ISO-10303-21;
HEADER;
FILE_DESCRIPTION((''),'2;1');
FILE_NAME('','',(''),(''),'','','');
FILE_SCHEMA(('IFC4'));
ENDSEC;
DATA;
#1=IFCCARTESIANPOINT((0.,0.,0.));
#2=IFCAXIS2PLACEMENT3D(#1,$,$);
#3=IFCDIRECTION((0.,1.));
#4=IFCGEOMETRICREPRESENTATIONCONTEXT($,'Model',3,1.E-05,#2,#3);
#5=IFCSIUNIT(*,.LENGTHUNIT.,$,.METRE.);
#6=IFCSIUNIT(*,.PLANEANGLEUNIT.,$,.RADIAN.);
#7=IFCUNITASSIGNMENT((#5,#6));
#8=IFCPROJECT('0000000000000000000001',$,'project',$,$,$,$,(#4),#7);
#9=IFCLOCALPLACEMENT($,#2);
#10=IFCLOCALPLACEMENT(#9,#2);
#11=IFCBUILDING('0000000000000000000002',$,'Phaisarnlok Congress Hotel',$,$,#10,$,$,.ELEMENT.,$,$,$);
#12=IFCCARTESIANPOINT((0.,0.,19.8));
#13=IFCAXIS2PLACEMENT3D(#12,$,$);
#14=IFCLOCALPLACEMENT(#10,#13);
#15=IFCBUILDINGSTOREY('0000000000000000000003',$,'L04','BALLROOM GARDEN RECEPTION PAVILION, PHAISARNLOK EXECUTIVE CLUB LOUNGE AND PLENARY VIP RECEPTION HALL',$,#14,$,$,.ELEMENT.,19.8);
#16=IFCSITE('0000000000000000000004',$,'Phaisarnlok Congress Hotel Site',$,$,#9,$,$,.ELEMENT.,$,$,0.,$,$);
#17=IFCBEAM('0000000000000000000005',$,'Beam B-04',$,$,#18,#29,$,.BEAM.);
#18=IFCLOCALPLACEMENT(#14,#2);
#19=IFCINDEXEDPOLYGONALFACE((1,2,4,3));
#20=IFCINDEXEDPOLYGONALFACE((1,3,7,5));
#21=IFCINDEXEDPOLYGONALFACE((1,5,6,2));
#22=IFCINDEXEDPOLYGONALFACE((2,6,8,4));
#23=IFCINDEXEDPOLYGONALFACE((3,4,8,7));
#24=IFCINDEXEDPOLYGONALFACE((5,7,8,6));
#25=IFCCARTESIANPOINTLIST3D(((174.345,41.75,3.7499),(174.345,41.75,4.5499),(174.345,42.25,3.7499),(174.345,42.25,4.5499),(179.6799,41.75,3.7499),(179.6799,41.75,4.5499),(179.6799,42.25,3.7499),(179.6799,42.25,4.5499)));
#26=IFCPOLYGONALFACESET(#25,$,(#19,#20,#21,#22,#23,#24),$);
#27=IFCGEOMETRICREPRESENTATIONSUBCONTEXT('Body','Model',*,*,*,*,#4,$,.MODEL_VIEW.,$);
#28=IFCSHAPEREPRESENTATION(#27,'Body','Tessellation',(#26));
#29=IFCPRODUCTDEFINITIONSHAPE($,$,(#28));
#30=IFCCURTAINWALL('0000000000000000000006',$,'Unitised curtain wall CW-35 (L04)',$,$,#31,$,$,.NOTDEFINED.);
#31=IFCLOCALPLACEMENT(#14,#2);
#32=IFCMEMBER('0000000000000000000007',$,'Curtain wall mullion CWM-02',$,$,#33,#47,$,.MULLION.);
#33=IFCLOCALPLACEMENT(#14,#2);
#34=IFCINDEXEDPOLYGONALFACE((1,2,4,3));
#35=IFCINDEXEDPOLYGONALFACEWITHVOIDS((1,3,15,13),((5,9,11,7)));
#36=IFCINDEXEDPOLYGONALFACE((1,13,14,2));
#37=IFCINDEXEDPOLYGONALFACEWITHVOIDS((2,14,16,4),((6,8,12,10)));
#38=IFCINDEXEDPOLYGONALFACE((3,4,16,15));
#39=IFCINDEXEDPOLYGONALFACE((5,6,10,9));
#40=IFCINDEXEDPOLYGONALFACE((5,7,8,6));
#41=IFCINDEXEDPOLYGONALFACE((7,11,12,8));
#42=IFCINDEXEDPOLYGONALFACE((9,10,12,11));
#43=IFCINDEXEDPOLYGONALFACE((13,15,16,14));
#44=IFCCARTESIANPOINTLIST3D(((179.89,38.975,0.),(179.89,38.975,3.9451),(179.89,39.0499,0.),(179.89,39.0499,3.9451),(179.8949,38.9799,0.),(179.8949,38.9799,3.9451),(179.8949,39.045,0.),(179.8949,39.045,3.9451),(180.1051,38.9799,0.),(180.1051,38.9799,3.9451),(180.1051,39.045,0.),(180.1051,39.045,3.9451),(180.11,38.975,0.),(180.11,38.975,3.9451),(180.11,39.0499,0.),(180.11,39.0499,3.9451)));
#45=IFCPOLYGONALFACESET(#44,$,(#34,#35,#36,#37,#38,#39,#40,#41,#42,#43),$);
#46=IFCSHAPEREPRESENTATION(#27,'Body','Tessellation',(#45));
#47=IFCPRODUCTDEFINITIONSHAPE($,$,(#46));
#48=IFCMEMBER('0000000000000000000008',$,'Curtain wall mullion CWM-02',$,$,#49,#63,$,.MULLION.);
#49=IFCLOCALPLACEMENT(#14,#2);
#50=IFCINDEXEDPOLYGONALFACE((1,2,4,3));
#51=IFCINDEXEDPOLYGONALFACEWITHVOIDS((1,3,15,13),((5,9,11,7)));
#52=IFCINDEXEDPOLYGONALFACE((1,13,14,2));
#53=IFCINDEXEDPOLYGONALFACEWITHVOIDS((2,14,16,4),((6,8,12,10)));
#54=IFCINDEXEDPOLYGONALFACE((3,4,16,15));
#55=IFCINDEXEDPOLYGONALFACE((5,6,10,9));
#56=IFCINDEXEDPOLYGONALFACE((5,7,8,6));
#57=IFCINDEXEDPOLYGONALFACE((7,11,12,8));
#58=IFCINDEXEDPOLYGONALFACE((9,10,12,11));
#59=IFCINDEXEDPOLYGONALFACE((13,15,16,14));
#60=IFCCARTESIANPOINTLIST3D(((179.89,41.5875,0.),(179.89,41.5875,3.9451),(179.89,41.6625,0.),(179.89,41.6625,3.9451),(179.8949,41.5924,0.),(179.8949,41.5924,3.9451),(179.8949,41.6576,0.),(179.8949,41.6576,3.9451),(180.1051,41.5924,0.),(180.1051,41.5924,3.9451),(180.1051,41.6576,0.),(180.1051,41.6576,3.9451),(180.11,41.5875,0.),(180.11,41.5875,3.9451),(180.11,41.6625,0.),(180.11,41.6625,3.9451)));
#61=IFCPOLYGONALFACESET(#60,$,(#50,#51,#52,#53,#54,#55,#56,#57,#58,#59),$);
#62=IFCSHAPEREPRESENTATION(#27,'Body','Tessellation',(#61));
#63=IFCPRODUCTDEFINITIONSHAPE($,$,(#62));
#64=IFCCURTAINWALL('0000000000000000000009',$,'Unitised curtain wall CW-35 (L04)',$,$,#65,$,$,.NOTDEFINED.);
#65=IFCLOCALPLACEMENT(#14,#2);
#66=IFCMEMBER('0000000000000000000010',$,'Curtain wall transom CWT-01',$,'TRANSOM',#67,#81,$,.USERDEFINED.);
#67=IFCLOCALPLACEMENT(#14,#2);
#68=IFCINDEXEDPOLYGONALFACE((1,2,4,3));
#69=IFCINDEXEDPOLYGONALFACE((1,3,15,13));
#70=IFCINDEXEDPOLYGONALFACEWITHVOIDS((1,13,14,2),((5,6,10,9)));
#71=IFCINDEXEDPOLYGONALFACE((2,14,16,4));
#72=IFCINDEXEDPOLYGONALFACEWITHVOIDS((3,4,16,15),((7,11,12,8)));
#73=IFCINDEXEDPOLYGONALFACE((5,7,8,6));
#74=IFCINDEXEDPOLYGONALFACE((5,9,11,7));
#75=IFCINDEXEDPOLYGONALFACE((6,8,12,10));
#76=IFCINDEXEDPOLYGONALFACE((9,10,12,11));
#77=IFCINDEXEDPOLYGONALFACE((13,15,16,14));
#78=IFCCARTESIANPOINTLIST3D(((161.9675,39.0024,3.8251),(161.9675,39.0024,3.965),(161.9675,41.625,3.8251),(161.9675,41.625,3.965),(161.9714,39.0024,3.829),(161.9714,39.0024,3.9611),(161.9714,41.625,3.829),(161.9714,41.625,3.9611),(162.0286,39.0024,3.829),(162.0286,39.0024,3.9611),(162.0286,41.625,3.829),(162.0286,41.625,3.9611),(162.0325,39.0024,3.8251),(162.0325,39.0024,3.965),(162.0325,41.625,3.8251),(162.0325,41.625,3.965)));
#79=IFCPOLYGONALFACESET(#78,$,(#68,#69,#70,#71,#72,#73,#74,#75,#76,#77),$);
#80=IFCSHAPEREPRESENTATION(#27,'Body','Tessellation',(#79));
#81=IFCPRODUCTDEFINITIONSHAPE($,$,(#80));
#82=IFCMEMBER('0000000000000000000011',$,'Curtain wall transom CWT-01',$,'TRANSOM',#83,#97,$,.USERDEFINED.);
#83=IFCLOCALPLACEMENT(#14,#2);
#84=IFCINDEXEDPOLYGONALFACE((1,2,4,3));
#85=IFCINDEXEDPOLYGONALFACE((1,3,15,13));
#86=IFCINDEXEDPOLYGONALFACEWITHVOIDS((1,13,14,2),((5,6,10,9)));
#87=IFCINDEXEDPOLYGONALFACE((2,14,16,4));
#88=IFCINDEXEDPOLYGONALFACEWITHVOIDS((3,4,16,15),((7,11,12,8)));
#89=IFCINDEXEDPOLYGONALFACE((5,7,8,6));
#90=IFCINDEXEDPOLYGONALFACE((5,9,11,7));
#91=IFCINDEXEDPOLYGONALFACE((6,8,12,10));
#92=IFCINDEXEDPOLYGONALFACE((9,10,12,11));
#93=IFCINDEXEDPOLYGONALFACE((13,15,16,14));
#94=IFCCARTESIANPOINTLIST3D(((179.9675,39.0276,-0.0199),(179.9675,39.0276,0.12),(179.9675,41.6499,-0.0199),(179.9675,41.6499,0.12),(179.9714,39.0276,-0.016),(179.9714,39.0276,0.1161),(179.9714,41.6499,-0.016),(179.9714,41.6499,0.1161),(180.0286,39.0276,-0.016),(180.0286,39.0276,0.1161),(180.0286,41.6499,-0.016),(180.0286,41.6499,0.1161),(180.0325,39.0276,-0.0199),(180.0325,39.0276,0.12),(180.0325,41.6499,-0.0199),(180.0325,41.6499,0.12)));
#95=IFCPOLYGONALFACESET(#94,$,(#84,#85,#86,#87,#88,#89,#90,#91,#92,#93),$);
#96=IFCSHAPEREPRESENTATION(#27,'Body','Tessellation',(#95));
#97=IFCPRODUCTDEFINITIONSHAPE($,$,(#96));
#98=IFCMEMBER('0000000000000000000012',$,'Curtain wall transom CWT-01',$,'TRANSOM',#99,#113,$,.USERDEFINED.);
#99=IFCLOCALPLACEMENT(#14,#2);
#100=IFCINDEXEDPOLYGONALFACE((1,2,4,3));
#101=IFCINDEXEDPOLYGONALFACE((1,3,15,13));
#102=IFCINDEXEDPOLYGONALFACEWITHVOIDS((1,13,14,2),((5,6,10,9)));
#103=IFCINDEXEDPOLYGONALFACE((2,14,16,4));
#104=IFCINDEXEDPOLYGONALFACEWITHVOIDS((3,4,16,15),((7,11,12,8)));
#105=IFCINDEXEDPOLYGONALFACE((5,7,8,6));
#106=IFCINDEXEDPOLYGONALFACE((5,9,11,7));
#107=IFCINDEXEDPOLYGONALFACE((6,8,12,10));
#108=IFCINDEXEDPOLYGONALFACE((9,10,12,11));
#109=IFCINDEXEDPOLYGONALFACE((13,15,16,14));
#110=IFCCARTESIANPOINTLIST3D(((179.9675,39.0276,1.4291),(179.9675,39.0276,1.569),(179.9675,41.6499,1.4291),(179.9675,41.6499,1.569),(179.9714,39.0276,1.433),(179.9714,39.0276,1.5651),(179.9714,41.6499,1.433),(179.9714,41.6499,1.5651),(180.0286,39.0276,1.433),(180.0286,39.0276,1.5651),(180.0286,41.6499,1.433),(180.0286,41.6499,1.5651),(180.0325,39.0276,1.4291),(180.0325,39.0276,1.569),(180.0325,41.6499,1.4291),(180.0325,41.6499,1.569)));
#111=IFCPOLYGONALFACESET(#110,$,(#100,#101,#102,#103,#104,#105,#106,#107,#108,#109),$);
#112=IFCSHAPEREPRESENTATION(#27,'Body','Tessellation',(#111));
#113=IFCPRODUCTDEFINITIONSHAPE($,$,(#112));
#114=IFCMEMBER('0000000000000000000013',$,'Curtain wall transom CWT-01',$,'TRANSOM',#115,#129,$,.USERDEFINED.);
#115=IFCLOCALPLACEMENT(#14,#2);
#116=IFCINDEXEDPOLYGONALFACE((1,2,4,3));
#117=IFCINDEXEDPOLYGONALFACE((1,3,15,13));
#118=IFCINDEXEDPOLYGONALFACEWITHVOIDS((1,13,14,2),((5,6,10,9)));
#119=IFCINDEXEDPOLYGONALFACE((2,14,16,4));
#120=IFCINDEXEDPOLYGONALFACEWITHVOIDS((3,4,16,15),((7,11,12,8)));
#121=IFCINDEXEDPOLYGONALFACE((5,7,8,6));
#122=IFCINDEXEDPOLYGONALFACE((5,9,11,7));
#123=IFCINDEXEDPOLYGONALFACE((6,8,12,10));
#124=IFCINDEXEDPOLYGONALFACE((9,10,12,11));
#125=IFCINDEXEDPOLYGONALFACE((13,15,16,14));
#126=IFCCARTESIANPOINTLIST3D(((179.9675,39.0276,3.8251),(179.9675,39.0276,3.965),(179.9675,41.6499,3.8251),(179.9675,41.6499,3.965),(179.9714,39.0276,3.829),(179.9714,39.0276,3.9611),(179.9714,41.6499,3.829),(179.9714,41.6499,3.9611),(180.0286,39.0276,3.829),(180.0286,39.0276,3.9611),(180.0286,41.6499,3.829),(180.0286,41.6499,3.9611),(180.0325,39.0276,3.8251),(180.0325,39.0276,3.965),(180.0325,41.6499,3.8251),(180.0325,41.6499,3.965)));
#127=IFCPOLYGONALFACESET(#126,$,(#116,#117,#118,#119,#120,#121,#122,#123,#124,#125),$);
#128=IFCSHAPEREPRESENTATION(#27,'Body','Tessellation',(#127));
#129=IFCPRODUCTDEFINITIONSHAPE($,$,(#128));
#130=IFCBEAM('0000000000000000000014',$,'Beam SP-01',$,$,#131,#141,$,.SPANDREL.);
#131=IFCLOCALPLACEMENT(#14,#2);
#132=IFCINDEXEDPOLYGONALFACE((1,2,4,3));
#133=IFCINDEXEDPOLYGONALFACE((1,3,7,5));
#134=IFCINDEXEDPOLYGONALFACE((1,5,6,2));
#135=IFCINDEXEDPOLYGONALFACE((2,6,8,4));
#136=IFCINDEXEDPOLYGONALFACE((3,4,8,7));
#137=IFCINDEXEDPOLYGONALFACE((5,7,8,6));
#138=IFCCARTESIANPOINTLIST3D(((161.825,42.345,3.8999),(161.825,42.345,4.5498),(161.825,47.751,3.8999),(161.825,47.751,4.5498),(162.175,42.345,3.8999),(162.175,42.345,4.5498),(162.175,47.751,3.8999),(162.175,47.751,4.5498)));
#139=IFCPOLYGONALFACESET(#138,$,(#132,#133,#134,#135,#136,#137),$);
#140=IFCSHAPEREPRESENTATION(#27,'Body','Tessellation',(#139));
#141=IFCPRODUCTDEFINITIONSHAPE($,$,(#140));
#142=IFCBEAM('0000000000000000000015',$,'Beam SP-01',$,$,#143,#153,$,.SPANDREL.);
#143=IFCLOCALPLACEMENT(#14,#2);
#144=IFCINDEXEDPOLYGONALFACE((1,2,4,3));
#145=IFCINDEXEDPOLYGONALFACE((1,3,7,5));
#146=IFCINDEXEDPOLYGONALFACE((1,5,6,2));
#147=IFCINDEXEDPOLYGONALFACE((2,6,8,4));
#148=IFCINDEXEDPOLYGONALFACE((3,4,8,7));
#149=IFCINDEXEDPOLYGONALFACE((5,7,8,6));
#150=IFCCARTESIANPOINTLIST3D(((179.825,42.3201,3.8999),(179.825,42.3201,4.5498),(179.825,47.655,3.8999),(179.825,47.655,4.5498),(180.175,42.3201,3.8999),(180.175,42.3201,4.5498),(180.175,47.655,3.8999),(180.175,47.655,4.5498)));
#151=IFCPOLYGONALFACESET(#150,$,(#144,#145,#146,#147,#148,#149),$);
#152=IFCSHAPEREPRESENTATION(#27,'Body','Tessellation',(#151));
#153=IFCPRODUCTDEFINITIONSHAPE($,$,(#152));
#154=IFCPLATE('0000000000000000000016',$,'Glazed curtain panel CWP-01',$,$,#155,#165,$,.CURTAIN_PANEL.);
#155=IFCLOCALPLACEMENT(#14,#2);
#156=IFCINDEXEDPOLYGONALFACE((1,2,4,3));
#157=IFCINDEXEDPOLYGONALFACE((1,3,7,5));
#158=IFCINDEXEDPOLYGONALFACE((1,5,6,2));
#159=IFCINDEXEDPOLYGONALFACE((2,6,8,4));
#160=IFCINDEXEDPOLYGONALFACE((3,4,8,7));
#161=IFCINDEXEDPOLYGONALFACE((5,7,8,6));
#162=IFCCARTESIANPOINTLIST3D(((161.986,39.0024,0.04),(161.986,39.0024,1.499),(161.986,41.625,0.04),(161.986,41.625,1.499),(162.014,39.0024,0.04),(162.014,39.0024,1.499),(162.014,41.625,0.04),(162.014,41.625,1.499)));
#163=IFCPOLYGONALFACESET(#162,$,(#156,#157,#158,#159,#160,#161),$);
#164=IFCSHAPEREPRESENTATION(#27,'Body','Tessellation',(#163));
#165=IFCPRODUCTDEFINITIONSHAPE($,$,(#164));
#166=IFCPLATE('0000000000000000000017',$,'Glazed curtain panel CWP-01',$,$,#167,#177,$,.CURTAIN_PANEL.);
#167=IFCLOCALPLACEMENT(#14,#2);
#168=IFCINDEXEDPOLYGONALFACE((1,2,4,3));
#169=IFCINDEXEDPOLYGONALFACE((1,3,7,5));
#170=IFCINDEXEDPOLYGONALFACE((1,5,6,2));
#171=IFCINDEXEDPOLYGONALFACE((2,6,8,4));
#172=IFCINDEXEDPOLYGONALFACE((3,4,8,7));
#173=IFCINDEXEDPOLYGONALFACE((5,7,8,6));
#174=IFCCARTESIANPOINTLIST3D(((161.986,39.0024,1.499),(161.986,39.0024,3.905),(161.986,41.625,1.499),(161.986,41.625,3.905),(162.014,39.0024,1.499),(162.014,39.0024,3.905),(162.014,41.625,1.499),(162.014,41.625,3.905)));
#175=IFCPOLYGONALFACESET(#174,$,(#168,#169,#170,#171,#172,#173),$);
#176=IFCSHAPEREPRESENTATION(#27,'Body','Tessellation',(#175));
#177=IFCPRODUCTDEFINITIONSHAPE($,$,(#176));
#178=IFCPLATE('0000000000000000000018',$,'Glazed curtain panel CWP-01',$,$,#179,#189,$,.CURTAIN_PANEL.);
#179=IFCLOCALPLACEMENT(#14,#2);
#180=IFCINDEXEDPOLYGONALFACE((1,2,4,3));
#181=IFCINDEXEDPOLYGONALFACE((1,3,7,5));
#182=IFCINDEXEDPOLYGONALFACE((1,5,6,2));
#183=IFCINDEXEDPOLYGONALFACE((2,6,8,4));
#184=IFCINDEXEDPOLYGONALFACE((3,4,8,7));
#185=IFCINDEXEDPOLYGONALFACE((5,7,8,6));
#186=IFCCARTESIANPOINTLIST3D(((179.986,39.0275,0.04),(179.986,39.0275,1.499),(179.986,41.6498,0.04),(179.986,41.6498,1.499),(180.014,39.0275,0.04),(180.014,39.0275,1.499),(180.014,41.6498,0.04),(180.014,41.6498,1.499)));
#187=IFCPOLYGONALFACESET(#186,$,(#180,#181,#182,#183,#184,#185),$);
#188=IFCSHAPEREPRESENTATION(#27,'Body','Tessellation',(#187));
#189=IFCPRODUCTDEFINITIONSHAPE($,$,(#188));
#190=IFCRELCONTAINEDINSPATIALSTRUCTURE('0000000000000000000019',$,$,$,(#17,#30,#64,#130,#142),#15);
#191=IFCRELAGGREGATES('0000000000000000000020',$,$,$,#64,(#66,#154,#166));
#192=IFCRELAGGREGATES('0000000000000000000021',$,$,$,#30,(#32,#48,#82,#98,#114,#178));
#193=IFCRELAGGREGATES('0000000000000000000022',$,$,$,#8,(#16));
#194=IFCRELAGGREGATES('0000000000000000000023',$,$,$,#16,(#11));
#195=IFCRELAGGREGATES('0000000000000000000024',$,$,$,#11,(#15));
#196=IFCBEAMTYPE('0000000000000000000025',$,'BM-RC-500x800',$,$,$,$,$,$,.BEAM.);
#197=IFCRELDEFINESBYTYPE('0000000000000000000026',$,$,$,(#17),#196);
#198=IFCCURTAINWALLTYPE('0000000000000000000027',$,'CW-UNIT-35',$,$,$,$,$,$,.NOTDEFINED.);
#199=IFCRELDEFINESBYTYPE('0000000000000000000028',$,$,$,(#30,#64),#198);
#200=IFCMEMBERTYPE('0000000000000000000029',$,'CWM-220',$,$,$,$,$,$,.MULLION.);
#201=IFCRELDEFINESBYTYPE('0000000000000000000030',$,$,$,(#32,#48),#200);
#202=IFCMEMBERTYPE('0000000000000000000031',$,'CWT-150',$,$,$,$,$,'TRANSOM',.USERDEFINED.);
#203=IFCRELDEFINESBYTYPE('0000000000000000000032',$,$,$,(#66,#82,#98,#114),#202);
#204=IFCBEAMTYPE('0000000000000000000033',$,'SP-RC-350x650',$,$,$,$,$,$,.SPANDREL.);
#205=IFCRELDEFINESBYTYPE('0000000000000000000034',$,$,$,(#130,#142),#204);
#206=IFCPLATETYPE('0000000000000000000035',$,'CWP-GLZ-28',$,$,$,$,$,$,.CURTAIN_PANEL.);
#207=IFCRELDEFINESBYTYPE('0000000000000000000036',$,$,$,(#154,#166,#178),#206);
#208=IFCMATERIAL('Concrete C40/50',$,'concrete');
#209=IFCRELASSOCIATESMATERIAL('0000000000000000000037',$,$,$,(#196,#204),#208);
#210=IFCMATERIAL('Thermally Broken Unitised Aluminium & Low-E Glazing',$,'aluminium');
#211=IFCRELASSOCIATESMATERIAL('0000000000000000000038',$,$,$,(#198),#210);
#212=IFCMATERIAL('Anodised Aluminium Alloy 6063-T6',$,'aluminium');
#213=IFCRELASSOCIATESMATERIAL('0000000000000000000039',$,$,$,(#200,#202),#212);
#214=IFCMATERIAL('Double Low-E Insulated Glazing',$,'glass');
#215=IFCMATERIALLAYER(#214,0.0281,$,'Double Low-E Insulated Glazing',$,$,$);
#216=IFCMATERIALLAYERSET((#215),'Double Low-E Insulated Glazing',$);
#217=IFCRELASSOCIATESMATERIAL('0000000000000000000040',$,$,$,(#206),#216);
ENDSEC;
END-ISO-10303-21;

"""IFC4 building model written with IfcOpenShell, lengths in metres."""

from ifc_helpers import new_model, si_unit, direction, frame, frame_2d, origin, origin_2d, place, context, subcontext, project, spatial, rectangle, hollow_rectangle, extrude, material, layer, layer_set, material_profile, profile_set, type_object, element, aggregate, save


model = new_model("IFC4")

# Units and contexts
model_context = context("Model", 3, precision=1e-05, world=origin(), true_north=direction((0.0, 1.0)))
body_context = subcontext(model_context, "Body", "Model", "MODEL_VIEW")
ifc_project = project(units=[si_unit("LENGTHUNIT", "METRE"), si_unit("PLANEANGLEUNIT", "RADIAN")], contexts=[model_context])

# Site, building, storey
site_placement = place(None, origin())
site = spatial("IfcSite", under=ifc_project, at=site_placement, Name="Phaisarnlok Congress Hotel Site", CompositionType="ELEMENT", RefElevation=0.0)
building_placement = place(site_placement, origin())
building = spatial("IfcBuilding", under=site, at=building_placement, Name="Phaisarnlok Congress Hotel", CompositionType="ELEMENT")
storey_placement = place(building_placement, frame((0.0, 0.0, 19.8)))
storey = spatial("IfcBuildingStorey", under=building, at=storey_placement, Name="L04", Description="BALLROOM GARDEN RECEPTION PAVILION, PHAISARNLOK EXECUTIVE CLUB LOUNGE AND PLENARY VIP RECEPTION HALL", CompositionType="ELEMENT", Elevation=19.8)

# Beam
ifc_material_1 = material(Name="Concrete C40/50", Category="concrete")
ifc_material_profile_1 = material_profile(ifc_material_1, rectangle(XDim=0.5, YDim=0.8, at=origin_2d()), Name="RC 500x800")
ifc_profile_set_1 = profile_set([ifc_material_profile_1], Name="Concrete C40/50")
beam_type_1 = type_object("IfcBeamType", Name="BM-RC-500x800", PredefinedType="BEAM", material=ifc_profile_set_1)
beam_1_placement = place(storey_placement, frame((174.345, 42.0, 4.1499), z_axis=(1.0, 0.0, 0.0), x_axis=(0.0, 1.0, 0.0)))
element("IfcBeam", 1, at=beam_1_placement, inside=storey, type_object=beam_type_1, Name="Beam B-04", PredefinedType="BEAM", context=body_context, shape_type="SweptSolid", body=[
    extrude(rectangle(XDim=0.5, YDim=0.8, at=origin_2d()), origin(), (0.0, 0.0, 1.0), 5.335),
])

# Curtain wall, members
ifc_material_2 = material(Name="Thermally Broken Unitised Aluminium & Low-E Glazing", Category="aluminium")
curtain_wall_type = type_object("IfcCurtainWallType", Name="CW-UNIT-35", PredefinedType="NOTDEFINED", material=ifc_material_2)
curtain_wall_1_placement = place(storey_placement, origin())
curtain_wall_1 = element("IfcCurtainWall", 2, at=curtain_wall_1_placement, inside=storey, type_object=curtain_wall_type, Name="Unitised curtain wall CW-35 (L04)", PredefinedType="NOTDEFINED")
ifc_material_3 = material(Name="Anodised Aluminium Alloy 6063-T6", Category="aluminium")
ifc_material_profile_2 = material_profile(ifc_material_3, hollow_rectangle(XDim=0.075, YDim=0.22, WallThickness=0.0049, at=origin_2d()), Name="ALU-M 75x220x5")
ifc_profile_set_2 = profile_set([ifc_material_profile_2], Name="Anodised Aluminium Alloy 6063-T6")
member_type_1 = type_object("IfcMemberType", Name="CWM-220", PredefinedType="MULLION", material=ifc_profile_set_2)
member_1_placement = place(storey_placement, frame((180.0, 39.0125, 0.0), z_axis=(0.0, 0.0, 1.0), x_axis=(0.0, 1.0, 0.0)))
member_1 = element("IfcMember", 3, at=member_1_placement, type_object=member_type_1, Name="Curtain wall mullion CWM-02", PredefinedType="MULLION", context=body_context, shape_type="SweptSolid", body=[
    extrude(hollow_rectangle(XDim=0.075, YDim=0.22, WallThickness=0.0049, at=origin_2d()), origin(), (0.0, 0.0, 1.0), 3.9451),
])
member_2_placement = place(storey_placement, frame((180.0, 41.625, 0.0), z_axis=(0.0, 0.0, 1.0), x_axis=(0.0, 1.0, 0.0)))
member_2 = element("IfcMember", 4, at=member_2_placement, type_object=member_type_1, Name="Curtain wall mullion CWM-02", PredefinedType="MULLION", context=body_context, shape_type="SweptSolid", body=[
    extrude(hollow_rectangle(XDim=0.075, YDim=0.22, WallThickness=0.0049, at=origin_2d()), origin(), (0.0, 0.0, 1.0), 3.9451),
])

# Curtain wall, member
curtain_wall_2_placement = place(storey_placement, origin())
curtain_wall_2 = element("IfcCurtainWall", 5, at=curtain_wall_2_placement, inside=storey, type_object=curtain_wall_type, Name="Unitised curtain wall CW-35 (L04)", PredefinedType="NOTDEFINED")
ifc_material_profile_3 = material_profile(ifc_material_3, hollow_rectangle(XDim=0.0649, YDim=0.1399, WallThickness=0.0039, at=origin_2d()), Name="ALU-T 65x140x4")
ifc_profile_set_3 = profile_set([ifc_material_profile_3], Name="Anodised Aluminium Alloy 6063-T6")
member_type_2 = type_object("IfcMemberType", Name="CWT-150", ElementType="TRANSOM", PredefinedType="USERDEFINED", material=ifc_profile_set_3)
member_3_placement = place(storey_placement, frame((162.0, 41.625, 3.895), z_axis=(0.0, -1.0, 0.0), x_axis=(1.0, 0.0, 0.0)))
member_3 = element("IfcMember", 6, at=member_3_placement, type_object=member_type_2, Name="Curtain wall transom CWT-01", ObjectType="TRANSOM", PredefinedType="USERDEFINED", context=body_context, shape_type="SweptSolid", body=[
    extrude(hollow_rectangle(XDim=0.0649, YDim=0.1399, WallThickness=0.0039, at=origin_2d()), origin(), (0.0, 0.0, 1.0), 2.6226),
])

# Members
member_4_placement = place(storey_placement, frame((180.0, 39.0276, 0.05), z_axis=(0.0, 1.0, 0.0), x_axis=(-1.0, 0.0, 0.0)))
member_4 = element("IfcMember", 7, at=member_4_placement, type_object=member_type_2, Name="Curtain wall transom CWT-01", ObjectType="TRANSOM", PredefinedType="USERDEFINED", context=body_context, shape_type="SweptSolid", body=[
    extrude(hollow_rectangle(XDim=0.0649, YDim=0.1399, WallThickness=0.0039, at=origin_2d()), origin(), (0.0, 0.0, 1.0), 2.6223),
])
member_5_placement = place(storey_placement, frame((180.0, 39.0276, 1.499), z_axis=(0.0, 1.0, 0.0), x_axis=(-1.0, 0.0, 0.0)))
member_5 = element("IfcMember", 8, at=member_5_placement, type_object=member_type_2, Name="Curtain wall transom CWT-01", ObjectType="TRANSOM", PredefinedType="USERDEFINED", context=body_context, shape_type="SweptSolid", body=[
    extrude(hollow_rectangle(XDim=0.0649, YDim=0.1399, WallThickness=0.0039, at=origin_2d()), origin(), (0.0, 0.0, 1.0), 2.6223),
])
member_6_placement = place(storey_placement, frame((180.0, 39.0276, 3.895), z_axis=(0.0, 1.0, 0.0), x_axis=(-1.0, 0.0, 0.0)))
member_6 = element("IfcMember", 9, at=member_6_placement, type_object=member_type_2, Name="Curtain wall transom CWT-01", ObjectType="TRANSOM", PredefinedType="USERDEFINED", context=body_context, shape_type="SweptSolid", body=[
    extrude(hollow_rectangle(XDim=0.0649, YDim=0.1399, WallThickness=0.0039, at=origin_2d()), origin(), (0.0, 0.0, 1.0), 2.6223),
])

# Beams
ifc_material_profile_4 = material_profile(ifc_material_1, rectangle(XDim=0.3501, YDim=0.6499, at=origin_2d()), Name="RC 350x650")
ifc_profile_set_4 = profile_set([ifc_material_profile_4], Name="Concrete C40/50")
beam_type_2 = type_object("IfcBeamType", Name="SP-RC-350x650", PredefinedType="SPANDREL", material=ifc_profile_set_4)
beam_2_placement = place(storey_placement, frame((162.0, 42.345, 4.2249), z_axis=(0.0, 1.0, 0.0), x_axis=(-1.0, 0.0, 0.0)))
element("IfcBeam", 10, at=beam_2_placement, inside=storey, type_object=beam_type_2, Name="Beam SP-01", PredefinedType="SPANDREL", context=body_context, shape_type="SweptSolid", body=[
    extrude(rectangle(XDim=0.3501, YDim=0.6499, at=origin_2d()), origin(), (0.0, 0.0, 1.0), 5.406),
])
beam_3_placement = place(storey_placement, frame((180.0, 42.3201, 4.2249), z_axis=(0.0, 1.0, 0.0), x_axis=(-1.0, 0.0, 0.0)))
element("IfcBeam", 11, at=beam_3_placement, inside=storey, type_object=beam_type_2, Name="Beam SP-01", PredefinedType="SPANDREL", context=body_context, shape_type="SweptSolid", body=[
    extrude(rectangle(XDim=0.3501, YDim=0.6499, at=origin_2d()), origin(), (0.0, 0.0, 1.0), 5.335),
])

# Plates
ifc_material_4 = material(Name="Double Low-E Insulated Glazing", Category="glass")
ifc_layer_1 = layer(ifc_material_4, 0.0281, Name="Double Low-E Insulated Glazing")
ifc_layer_set_1 = layer_set([ifc_layer_1], Name="Double Low-E Insulated Glazing")
plate_type_1 = type_object("IfcPlateType", Name="CWP-GLZ-28", PredefinedType="CURTAIN_PANEL", material=ifc_layer_set_1)
plate_1_placement = place(storey_placement, frame((162.0, 41.625, 0.04), z_axis=(0.0, 0.0, 1.0), x_axis=(0.0, -1.0, 0.0)))
plate_1 = element("IfcPlate", 12, at=plate_1_placement, type_object=plate_type_1, Name="Glazed curtain panel CWP-01", PredefinedType="CURTAIN_PANEL", context=body_context, shape_type="SweptSolid", body=[
    extrude(rectangle(XDim=2.6226, YDim=0.0281, at=frame_2d((1.3113, 0.0))), origin(), (0.0, 0.0, 1.0), 1.459),
])
plate_2_placement = place(storey_placement, frame((162.0, 41.625, 1.499), z_axis=(0.0, 0.0, 1.0), x_axis=(0.0, -1.0, 0.0)))
plate_2 = element("IfcPlate", 13, at=plate_2_placement, type_object=plate_type_1, Name="Glazed curtain panel CWP-01", PredefinedType="CURTAIN_PANEL", context=body_context, shape_type="SweptSolid", body=[
    extrude(rectangle(XDim=2.6226, YDim=0.0281, at=frame_2d((1.3113, 0.0))), origin(), (0.0, 0.0, 1.0), 2.406),
])
aggregate(curtain_wall_2, [member_3, plate_1, plate_2])
plate_3_placement = place(storey_placement, frame((180.0, 39.0276, 0.04), z_axis=(0.0, 0.0, 1.0), x_axis=(0.0, 1.0, 0.0)))
plate_3 = element("IfcPlate", 14, at=plate_3_placement, type_object=plate_type_1, Name="Glazed curtain panel CWP-01", PredefinedType="CURTAIN_PANEL", context=body_context, shape_type="SweptSolid", body=[
    extrude(rectangle(XDim=2.6223, YDim=0.0281, at=frame_2d((1.311, 0.0))), origin(), (0.0, 0.0, 1.0), 1.459),
])
aggregate(curtain_wall_1, [member_1, member_2, member_4, member_5, member_6, plate_3])

save(model, "model.ifc")
